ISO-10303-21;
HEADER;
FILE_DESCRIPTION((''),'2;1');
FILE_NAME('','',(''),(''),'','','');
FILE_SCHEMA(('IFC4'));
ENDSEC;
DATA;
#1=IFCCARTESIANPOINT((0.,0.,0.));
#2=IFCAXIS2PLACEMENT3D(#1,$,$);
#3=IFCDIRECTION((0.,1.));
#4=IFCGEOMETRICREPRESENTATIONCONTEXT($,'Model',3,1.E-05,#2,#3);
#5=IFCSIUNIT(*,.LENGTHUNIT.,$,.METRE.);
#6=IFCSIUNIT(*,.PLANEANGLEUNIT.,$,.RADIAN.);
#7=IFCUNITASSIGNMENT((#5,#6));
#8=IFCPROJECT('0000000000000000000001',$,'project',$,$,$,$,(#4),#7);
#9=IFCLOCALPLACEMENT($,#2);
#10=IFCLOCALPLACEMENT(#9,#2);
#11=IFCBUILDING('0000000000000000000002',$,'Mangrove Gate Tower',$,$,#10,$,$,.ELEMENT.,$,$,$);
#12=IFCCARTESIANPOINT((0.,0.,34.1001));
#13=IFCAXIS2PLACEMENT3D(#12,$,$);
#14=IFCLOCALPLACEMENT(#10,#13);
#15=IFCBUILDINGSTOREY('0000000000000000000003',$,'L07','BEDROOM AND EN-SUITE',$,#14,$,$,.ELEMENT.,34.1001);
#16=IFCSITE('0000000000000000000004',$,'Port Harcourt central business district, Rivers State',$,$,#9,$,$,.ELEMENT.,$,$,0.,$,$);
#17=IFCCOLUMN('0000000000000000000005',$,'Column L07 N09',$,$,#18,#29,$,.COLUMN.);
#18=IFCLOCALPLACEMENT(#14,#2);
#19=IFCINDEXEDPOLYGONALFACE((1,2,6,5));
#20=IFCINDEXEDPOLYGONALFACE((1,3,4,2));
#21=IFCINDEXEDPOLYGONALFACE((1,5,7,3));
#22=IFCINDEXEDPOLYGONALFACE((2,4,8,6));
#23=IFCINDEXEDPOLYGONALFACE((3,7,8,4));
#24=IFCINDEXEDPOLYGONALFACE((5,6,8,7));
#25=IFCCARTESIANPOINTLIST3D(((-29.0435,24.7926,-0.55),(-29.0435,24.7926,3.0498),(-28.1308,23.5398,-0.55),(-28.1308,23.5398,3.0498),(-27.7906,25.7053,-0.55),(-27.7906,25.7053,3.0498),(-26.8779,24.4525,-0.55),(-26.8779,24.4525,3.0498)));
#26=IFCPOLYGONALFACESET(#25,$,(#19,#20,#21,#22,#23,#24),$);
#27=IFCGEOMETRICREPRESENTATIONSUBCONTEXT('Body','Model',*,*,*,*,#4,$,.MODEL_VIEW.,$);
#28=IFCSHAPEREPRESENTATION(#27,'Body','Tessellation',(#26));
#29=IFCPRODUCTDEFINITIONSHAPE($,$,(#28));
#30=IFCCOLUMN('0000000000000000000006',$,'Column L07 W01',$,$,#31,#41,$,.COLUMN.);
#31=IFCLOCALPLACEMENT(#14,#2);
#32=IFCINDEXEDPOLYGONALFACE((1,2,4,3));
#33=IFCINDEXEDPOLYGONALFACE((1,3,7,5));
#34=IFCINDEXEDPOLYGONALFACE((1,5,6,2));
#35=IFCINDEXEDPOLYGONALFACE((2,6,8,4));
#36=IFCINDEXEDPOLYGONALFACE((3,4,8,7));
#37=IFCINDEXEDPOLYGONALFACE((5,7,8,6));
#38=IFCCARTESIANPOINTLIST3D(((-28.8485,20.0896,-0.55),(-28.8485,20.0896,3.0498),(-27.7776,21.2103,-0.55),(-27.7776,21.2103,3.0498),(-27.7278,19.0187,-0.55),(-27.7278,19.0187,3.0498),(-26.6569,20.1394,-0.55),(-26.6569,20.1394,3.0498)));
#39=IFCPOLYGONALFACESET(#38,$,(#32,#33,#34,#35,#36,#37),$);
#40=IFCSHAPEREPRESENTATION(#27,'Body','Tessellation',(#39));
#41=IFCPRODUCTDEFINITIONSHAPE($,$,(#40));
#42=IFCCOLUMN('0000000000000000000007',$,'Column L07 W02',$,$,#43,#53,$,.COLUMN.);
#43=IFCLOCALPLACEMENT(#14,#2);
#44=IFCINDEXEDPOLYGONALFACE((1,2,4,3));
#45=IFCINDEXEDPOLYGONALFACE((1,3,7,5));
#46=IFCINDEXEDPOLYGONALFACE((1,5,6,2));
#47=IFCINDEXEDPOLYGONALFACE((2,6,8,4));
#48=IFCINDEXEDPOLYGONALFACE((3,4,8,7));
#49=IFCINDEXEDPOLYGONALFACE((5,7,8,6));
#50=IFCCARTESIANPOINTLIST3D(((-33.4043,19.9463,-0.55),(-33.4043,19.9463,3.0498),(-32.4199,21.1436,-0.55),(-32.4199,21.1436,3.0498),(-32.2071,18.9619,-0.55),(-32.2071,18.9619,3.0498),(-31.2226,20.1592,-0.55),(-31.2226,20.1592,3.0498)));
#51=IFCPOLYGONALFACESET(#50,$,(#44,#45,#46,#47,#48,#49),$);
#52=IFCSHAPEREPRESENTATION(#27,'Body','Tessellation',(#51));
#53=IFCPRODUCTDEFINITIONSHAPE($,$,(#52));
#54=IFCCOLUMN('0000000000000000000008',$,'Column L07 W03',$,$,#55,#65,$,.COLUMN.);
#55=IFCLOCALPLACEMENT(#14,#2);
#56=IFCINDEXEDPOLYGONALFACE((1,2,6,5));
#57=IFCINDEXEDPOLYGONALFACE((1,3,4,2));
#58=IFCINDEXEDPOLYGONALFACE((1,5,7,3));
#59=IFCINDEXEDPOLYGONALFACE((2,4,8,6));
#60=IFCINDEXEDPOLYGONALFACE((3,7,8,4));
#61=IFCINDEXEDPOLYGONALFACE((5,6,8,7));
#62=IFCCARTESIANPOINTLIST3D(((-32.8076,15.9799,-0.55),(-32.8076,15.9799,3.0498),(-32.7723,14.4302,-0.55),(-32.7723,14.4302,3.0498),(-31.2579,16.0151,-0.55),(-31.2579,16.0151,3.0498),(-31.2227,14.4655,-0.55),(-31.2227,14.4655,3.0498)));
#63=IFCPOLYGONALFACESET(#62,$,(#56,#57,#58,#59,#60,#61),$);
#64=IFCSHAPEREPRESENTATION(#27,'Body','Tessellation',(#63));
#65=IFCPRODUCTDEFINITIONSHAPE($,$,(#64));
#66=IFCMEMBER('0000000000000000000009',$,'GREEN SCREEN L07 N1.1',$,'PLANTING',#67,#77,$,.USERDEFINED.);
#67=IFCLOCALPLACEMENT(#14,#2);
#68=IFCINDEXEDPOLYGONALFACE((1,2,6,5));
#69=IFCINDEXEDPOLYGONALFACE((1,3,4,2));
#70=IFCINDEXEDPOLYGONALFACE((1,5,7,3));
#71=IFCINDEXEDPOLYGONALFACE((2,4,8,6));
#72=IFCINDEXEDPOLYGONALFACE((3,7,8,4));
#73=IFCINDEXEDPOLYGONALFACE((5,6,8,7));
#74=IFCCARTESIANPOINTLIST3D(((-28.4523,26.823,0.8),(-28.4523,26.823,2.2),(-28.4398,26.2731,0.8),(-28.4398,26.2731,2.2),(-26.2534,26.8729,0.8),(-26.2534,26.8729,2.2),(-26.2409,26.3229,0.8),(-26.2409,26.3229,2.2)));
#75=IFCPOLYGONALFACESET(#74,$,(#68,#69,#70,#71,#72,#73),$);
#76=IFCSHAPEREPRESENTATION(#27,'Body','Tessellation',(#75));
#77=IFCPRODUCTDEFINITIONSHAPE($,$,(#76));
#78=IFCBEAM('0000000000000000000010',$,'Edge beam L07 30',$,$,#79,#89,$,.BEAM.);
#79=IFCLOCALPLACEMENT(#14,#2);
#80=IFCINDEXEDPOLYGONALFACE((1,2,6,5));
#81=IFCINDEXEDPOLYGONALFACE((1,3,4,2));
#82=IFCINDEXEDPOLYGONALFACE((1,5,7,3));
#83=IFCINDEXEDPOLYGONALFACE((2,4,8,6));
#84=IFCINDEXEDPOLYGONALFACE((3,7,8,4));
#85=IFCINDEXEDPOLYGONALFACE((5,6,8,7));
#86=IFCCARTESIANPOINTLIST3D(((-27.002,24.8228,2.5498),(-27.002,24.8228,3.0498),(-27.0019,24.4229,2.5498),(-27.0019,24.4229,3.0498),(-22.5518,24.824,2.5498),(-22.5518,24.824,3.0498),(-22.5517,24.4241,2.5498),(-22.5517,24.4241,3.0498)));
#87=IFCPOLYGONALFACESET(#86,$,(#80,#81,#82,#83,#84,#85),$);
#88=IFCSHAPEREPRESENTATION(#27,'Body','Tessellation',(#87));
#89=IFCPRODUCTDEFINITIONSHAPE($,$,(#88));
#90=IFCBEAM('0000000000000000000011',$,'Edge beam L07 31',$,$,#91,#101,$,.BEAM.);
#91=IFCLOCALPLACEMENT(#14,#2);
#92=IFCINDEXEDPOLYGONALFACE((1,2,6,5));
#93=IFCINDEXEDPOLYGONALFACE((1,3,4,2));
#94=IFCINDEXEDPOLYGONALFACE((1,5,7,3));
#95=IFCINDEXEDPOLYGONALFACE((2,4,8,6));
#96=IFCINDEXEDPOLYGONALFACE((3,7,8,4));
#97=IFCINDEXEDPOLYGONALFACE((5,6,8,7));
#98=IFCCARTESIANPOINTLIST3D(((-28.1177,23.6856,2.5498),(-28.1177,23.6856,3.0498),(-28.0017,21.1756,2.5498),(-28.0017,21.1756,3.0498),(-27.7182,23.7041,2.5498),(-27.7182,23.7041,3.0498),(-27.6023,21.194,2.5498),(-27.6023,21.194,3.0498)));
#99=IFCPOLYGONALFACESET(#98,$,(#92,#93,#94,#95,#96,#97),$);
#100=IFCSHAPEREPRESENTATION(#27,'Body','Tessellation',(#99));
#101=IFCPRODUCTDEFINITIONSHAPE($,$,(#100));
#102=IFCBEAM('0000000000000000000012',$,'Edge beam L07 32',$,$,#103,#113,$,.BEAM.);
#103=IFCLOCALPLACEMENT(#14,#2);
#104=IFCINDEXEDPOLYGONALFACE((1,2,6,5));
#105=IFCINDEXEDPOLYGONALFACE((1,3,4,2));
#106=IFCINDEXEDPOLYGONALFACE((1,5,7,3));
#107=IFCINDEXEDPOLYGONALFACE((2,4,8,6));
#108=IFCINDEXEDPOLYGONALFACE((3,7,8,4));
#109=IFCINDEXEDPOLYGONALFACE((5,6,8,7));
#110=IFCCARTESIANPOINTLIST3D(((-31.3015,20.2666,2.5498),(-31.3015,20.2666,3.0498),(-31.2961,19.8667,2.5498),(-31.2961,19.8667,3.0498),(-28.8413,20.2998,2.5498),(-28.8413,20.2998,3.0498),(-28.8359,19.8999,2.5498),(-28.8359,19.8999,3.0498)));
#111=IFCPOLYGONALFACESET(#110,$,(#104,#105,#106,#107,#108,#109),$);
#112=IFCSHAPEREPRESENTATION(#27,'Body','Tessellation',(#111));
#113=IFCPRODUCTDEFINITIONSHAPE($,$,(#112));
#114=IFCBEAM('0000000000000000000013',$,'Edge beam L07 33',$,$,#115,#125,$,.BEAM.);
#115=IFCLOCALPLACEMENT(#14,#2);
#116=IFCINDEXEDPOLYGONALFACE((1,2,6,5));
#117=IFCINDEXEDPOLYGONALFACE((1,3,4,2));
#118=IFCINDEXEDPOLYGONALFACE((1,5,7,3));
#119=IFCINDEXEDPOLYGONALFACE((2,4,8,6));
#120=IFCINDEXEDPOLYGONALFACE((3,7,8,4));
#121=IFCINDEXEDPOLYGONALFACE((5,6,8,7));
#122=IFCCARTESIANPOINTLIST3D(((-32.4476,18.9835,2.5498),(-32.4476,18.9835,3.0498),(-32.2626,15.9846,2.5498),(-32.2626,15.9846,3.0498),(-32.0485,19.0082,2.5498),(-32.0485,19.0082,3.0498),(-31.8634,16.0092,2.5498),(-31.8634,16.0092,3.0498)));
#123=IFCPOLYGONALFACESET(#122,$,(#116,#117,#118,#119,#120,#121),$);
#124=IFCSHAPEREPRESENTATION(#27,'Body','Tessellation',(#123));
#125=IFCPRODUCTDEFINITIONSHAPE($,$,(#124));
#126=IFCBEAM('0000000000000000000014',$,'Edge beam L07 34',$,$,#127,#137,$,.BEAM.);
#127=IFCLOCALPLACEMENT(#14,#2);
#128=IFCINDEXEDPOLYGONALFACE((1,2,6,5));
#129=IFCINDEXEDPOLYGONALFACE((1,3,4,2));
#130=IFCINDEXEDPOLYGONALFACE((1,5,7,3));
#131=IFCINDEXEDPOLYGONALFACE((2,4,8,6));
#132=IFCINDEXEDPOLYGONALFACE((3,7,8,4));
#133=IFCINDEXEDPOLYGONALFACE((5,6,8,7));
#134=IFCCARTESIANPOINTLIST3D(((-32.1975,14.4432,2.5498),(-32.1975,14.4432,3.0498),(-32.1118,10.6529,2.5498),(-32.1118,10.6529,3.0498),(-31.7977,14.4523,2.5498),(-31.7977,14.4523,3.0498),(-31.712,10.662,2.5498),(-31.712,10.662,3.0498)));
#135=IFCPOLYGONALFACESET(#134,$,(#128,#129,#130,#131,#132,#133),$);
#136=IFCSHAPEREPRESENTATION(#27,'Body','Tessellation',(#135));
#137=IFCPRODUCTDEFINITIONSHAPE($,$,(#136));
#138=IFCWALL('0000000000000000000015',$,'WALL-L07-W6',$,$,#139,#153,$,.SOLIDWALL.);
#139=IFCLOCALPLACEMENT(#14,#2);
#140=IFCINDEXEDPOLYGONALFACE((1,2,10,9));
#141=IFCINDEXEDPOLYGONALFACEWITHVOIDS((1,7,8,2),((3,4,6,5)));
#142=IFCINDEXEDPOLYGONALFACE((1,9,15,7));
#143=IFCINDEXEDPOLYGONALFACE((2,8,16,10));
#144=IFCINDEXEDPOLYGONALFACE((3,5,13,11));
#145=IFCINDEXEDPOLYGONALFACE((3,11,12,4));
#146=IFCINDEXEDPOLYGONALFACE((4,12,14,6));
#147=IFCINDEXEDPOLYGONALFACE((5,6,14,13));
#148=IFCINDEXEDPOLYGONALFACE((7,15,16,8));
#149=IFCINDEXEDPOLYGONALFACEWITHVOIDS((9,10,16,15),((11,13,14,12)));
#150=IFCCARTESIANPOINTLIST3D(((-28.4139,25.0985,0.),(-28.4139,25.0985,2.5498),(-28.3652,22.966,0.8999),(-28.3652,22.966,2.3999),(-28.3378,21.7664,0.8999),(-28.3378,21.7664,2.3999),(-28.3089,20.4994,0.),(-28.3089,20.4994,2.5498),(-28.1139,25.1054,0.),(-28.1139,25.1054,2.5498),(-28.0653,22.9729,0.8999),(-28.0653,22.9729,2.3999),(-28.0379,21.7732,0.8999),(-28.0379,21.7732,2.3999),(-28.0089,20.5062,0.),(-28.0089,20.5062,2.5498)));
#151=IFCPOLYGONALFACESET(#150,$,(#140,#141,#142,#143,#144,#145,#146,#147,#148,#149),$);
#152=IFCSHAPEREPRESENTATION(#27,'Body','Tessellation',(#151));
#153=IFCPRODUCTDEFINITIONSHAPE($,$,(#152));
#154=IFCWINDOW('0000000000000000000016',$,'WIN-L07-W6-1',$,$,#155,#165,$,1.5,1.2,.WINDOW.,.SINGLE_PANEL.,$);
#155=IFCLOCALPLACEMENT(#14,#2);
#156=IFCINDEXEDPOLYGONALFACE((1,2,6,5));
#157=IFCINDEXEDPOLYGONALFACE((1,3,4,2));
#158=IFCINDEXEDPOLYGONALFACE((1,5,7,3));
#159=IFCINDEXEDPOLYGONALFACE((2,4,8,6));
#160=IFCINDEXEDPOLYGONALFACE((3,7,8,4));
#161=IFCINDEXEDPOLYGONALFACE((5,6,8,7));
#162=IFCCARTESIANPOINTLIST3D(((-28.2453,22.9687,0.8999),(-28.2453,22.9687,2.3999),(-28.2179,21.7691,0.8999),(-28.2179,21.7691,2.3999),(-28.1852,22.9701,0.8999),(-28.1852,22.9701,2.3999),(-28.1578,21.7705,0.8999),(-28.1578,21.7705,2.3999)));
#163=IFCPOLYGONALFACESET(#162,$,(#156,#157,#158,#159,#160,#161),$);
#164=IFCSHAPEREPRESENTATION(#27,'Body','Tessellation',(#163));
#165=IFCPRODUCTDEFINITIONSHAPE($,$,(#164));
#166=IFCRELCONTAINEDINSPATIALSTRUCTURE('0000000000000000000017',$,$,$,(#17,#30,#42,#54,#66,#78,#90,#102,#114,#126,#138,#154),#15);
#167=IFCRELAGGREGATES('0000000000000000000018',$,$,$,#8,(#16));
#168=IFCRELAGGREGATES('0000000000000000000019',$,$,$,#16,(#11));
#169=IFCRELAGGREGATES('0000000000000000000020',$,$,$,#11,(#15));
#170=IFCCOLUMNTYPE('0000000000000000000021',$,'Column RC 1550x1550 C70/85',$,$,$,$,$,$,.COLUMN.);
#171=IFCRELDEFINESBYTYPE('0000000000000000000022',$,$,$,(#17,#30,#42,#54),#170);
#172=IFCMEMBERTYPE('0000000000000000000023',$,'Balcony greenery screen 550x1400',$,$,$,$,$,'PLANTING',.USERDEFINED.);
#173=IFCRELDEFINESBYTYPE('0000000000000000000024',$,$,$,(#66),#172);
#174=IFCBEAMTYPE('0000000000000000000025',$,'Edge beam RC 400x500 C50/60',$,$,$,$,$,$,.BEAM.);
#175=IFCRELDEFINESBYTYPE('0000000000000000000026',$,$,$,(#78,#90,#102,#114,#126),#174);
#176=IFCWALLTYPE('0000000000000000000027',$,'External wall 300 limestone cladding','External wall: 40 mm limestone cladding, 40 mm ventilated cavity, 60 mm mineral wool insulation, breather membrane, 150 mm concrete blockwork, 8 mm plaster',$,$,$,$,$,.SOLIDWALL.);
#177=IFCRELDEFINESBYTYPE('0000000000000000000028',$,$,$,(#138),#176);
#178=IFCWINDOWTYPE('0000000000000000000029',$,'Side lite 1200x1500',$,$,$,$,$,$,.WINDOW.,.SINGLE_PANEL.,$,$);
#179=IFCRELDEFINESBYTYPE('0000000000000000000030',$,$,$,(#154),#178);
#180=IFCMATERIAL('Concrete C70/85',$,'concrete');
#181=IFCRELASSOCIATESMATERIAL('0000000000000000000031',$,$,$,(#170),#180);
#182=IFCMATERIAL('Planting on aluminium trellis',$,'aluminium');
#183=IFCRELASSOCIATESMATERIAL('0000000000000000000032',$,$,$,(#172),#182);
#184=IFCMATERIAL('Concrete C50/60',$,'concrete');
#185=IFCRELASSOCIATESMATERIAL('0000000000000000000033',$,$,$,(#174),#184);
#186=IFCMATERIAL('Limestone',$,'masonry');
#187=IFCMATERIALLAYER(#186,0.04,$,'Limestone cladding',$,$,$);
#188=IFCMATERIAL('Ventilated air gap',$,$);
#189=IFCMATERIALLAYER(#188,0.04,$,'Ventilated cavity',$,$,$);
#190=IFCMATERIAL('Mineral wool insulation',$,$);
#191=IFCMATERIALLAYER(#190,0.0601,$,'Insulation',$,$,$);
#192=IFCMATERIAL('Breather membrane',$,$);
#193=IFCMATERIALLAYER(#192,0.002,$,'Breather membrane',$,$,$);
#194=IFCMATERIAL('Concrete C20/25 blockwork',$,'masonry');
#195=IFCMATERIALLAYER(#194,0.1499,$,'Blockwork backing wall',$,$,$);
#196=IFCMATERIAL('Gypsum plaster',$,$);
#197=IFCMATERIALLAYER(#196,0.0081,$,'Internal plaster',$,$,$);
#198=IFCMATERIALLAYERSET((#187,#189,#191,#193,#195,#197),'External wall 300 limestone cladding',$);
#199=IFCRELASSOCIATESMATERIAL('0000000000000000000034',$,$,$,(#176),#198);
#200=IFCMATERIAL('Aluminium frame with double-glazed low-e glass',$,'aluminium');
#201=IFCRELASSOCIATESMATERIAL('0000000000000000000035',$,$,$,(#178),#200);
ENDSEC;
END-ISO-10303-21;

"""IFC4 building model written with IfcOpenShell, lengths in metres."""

from ifc_helpers import new_model, si_unit, direction, frame, frame_2d, origin, origin_2d, place, context, subcontext, project, spatial, rectangle, extrude, material, layer, layer_set, material_profile, profile_set, type_object, element, fill, save


model = new_model("IFC4")

# Units and contexts
model_context = context("Model", 3, precision=1e-05, world=origin(), true_north=direction((0.0, 1.0)))
body_context = subcontext(model_context, "Body", "Model", "MODEL_VIEW")
ifc_project = project(units=[si_unit("LENGTHUNIT", "METRE"), si_unit("PLANEANGLEUNIT", "RADIAN")], contexts=[model_context])

# Site, building, storey
site_placement = place(None, origin())
site = spatial("IfcSite", under=ifc_project, at=site_placement, Name="Port Harcourt central business district, Rivers State", CompositionType="ELEMENT", RefElevation=0.0)
building_placement = place(site_placement, origin())
building = spatial("IfcBuilding", under=site, at=building_placement, Name="Mangrove Gate Tower", CompositionType="ELEMENT")
storey_placement = place(building_placement, frame((0.0, 0.0, 34.1001)))
storey = spatial("IfcBuildingStorey", under=building, at=storey_placement, Name="L07", Description="BEDROOM AND EN-SUITE", CompositionType="ELEMENT", Elevation=34.1001)

# Columns
ifc_material_1 = material(Name="Concrete C70/85", Category="concrete")
ifc_material_profile_1 = material_profile(ifc_material_1, rectangle(XDim=1.55, YDim=1.55, at=origin_2d()))
ifc_profile_set_1 = profile_set([ifc_material_profile_1], Name="Concrete C70/85")
column_type = type_object("IfcColumnType", Name="Column RC 1550x1550 C70/85", PredefinedType="COLUMN", material=ifc_profile_set_1)
for number, where, z_axis, x_axis, name in (
    (1, (-27.9607, 24.6226, -0.55), (0.0, 0.0, 1.0), (-0.808269, -0.588813, 0.0), "Column L07 N09"),
    (2, (-27.7527, 20.1145, -0.55), (0.0, 0.0, 1.0), (-0.690863, -0.722986, 0.0), "Column L07 W01"),
    (3, (-32.3135, 20.0527, -0.55), (0.0, 0.0, 1.0), (-0.635105, -0.772425, 0.0), "Column L07 W02"),
    (4, (-32.0151, 15.2227, -0.55), (0.0, 0.0, 1.0), (0.022747, -0.999741, 0.0), "Column L07 W03"),
):
    element("IfcColumn", number, at=place(storey_placement, frame(where, z_axis=z_axis, x_axis=x_axis)), inside=storey, type_object=column_type, Name=name, PredefinedType="COLUMN", context=body_context, shape_type="SweptSolid", body=[
        extrude(rectangle(XDim=1.55, YDim=1.55, at=origin_2d()), origin(), (0.0, 0.0, 1.0), 3.5999),
    ])

# Member
ifc_material_2 = material(Name="Planting on aluminium trellis", Category="aluminium")
ifc_material_profile_2 = material_profile(ifc_material_2, rectangle(XDim=0.55, YDim=1.3999, at=origin_2d()))
ifc_profile_set_2 = profile_set([ifc_material_profile_2], Name="Planting on aluminium trellis")
member_type = type_object("IfcMemberType", Name="Balcony greenery screen 550x1400", ElementType="PLANTING", PredefinedType="USERDEFINED", material=ifc_profile_set_2)
member_placement = place(storey_placement, frame((-28.446, 26.5481, 1.5), z_axis=(0.999744, 0.022643, 0.0), x_axis=(-0.022643, 0.999744, 0.0)))
element("IfcMember", 5, at=member_placement, inside=storey, type_object=member_type, Name="GREEN SCREEN L07 N1.1", ObjectType="PLANTING", PredefinedType="USERDEFINED", context=body_context, shape_type="SweptSolid", body=[
    extrude(rectangle(XDim=0.55, YDim=1.3999, at=origin_2d()), origin(), (0.0, 0.0, 1.0), 2.1995),
])

# Beams
ifc_material_3 = material(Name="Concrete C50/60", Category="concrete")
ifc_material_profile_3 = material_profile(ifc_material_3, rectangle(XDim=0.3999, YDim=0.5, at=origin_2d()))
ifc_profile_set_3 = profile_set([ifc_material_profile_3], Name="Concrete C50/60")
beam_type = type_object("IfcBeamType", Name="Edge beam RC 400x500 C50/60", PredefinedType="BEAM", material=ifc_profile_set_3)
beam_1_placement = place(storey_placement, frame((-22.5518, 24.624, 2.7998), z_axis=(-1.0, -0.000274, 0.0), x_axis=(0.000274, -1.0, 0.0)))
element("IfcBeam", 6, at=beam_1_placement, inside=storey, type_object=beam_type, Name="Edge beam L07 30", PredefinedType="BEAM", context=body_context, shape_type="SweptSolid", body=[
    extrude(rectangle(XDim=0.3999, YDim=0.5, at=origin_2d()), origin(), (0.0, 0.0, 1.0), 4.4502),
])
beam_2_placement = place(storey_placement, frame((-27.918, 23.6948, 2.7998), z_axis=(0.046152, -0.998934, 0.0), x_axis=(0.998934, 0.046152, 0.0)))
element("IfcBeam", 7, at=beam_2_placement, inside=storey, type_object=beam_type, Name="Edge beam L07 31", PredefinedType="BEAM", context=body_context, shape_type="SweptSolid", body=[
    extrude(rectangle(XDim=0.3999, YDim=0.5, at=origin_2d()), origin(), (0.0, 0.0, 1.0), 2.5127),
])
beam_3_placement = place(storey_placement, frame((-28.8386, 20.0999, 2.7998), z_axis=(-0.999909, -0.013495, 0.0), x_axis=(0.013495, -0.999909, 0.0)))
element("IfcBeam", 8, at=beam_3_placement, inside=storey, type_object=beam_type, Name="Edge beam L07 32", PredefinedType="BEAM", context=body_context, shape_type="SweptSolid", body=[
    extrude(rectangle(XDim=0.3999, YDim=0.5, at=origin_2d()), origin(), (0.0, 0.0, 1.0), 2.4604),
])
beam_4_placement = place(storey_placement, frame((-32.248, 18.9958, 2.7998), z_axis=(0.061589, -0.998102, 0.0), x_axis=(0.998102, 0.061589, 0.0)))
element("IfcBeam", 9, at=beam_4_placement, inside=storey, type_object=beam_type, Name="Edge beam L07 33", PredefinedType="BEAM", context=body_context, shape_type="SweptSolid", body=[
    extrude(rectangle(XDim=0.3999, YDim=0.5, at=origin_2d()), origin(), (0.0, 0.0, 1.0), 3.0046),
])
beam_5_placement = place(storey_placement, frame((-31.9976, 14.4478, 2.7998), z_axis=(0.022603, -0.999745, 0.0), x_axis=(0.999745, 0.022603, 0.0)))
element("IfcBeam", 10, at=beam_5_placement, inside=storey, type_object=beam_type, Name="Edge beam L07 34", PredefinedType="BEAM", context=body_context, shape_type="SweptSolid", body=[
    extrude(rectangle(XDim=0.3999, YDim=0.5, at=origin_2d()), origin(), (0.0, 0.0, 1.0), 3.7913),
])

# Wall, opening, window
ifc_material_4 = material(Name="Limestone", Category="masonry")
ifc_layer_1 = layer(ifc_material_4, 0.04, Name="Limestone cladding")
ifc_material_5 = material(Name="Ventilated air gap")
ifc_layer_2 = layer(ifc_material_5, 0.04, Name="Ventilated cavity")
ifc_material_6 = material(Name="Mineral wool insulation")
ifc_layer_3 = layer(ifc_material_6, 0.0601, Name="Insulation")
ifc_material_7 = material(Name="Breather membrane")
ifc_layer_4 = layer(ifc_material_7, 0.002, Name="Breather membrane")
ifc_material_8 = material(Name="Concrete C20/25 blockwork", Category="masonry")
ifc_layer_5 = layer(ifc_material_8, 0.1499, Name="Blockwork backing wall")
ifc_material_9 = material(Name="Gypsum plaster")
ifc_layer_6 = layer(ifc_material_9, 0.0081, Name="Internal plaster")
ifc_layer_set_1 = layer_set([ifc_layer_1, ifc_layer_2, ifc_layer_3, ifc_layer_4, ifc_layer_5, ifc_layer_6], Name="External wall 300 limestone cladding")
wall_type_1 = type_object("IfcWallType", Name="External wall 300 limestone cladding", Description="External wall: 40 mm limestone cladding, 40 mm ventilated cavity, 60 mm mineral wool insulation, breather membrane, 150 mm concrete blockwork, 8 mm plaster", PredefinedType="SOLIDWALL", material=ifc_layer_set_1)
wall_1_placement = place(storey_placement, frame((-28.2639, 25.1021, 0.0), z_axis=(0.0, 0.0, 1.0), x_axis=(0.02282, -0.99974, 0.0)))
wall_1 = element("IfcWall", 11, at=wall_1_placement, inside=storey, type_object=wall_type_1, Name="WALL-L07-W6", PredefinedType="SOLIDWALL", context=body_context, shape_type="SweptSolid", body=[
    extrude(rectangle(XDim=4.6003, YDim=0.3, at=frame_2d((2.3003, 0.0))), origin(), (0.0, 0.0, 1.0), 2.5498),
])
opening_1_placement = place(wall_1_placement, frame((2.1331, 0.0, 0.8999)))
opening_1 = element("IfcOpeningElement", 12, at=opening_1_placement, cuts=wall_1, PredefinedType="OPENING", context=body_context, shape_type="SweptSolid", body=[
    extrude(rectangle(XDim=1.2, YDim=1.5, at=frame_2d((0.6001, 0.75))), frame((0.0, 0.1599, 0.0), z_axis=(0.0, -1.0, 0.0), x_axis=(1.0, 0.0, 0.0)), (0.0, 0.0, 1.0), 0.3201),
])
ifc_material_10 = material(Name="Aluminium frame with double-glazed low-e glass", Category="aluminium")
window_type_1 = type_object("IfcWindowType", Name="Side lite 1200x1500", PartitioningType="SINGLE_PANEL", PredefinedType="WINDOW", material=ifc_material_10)
window_1_placement = place(opening_1_placement, origin())
window_1 = element("IfcWindow", 13, at=window_1_placement, inside=storey, type_object=window_type_1, Name="WIN-L07-W6-1", OverallHeight=1.5, OverallWidth=1.2, PartitioningType="SINGLE_PANEL", PredefinedType="WINDOW", context=body_context, shape_type="SweptSolid", body=[
    extrude(rectangle(XDim=1.2, YDim=1.5, at=frame_2d((0.6001, 0.75))), frame((0.0, 0.03, 0.0), z_axis=(0.0, -1.0, 0.0), x_axis=(1.0, 0.0, 0.0)), (0.0, 0.0, 1.0), 0.0601),
])
fill(opening_1, window_1)

save(model, "model.ifc")
